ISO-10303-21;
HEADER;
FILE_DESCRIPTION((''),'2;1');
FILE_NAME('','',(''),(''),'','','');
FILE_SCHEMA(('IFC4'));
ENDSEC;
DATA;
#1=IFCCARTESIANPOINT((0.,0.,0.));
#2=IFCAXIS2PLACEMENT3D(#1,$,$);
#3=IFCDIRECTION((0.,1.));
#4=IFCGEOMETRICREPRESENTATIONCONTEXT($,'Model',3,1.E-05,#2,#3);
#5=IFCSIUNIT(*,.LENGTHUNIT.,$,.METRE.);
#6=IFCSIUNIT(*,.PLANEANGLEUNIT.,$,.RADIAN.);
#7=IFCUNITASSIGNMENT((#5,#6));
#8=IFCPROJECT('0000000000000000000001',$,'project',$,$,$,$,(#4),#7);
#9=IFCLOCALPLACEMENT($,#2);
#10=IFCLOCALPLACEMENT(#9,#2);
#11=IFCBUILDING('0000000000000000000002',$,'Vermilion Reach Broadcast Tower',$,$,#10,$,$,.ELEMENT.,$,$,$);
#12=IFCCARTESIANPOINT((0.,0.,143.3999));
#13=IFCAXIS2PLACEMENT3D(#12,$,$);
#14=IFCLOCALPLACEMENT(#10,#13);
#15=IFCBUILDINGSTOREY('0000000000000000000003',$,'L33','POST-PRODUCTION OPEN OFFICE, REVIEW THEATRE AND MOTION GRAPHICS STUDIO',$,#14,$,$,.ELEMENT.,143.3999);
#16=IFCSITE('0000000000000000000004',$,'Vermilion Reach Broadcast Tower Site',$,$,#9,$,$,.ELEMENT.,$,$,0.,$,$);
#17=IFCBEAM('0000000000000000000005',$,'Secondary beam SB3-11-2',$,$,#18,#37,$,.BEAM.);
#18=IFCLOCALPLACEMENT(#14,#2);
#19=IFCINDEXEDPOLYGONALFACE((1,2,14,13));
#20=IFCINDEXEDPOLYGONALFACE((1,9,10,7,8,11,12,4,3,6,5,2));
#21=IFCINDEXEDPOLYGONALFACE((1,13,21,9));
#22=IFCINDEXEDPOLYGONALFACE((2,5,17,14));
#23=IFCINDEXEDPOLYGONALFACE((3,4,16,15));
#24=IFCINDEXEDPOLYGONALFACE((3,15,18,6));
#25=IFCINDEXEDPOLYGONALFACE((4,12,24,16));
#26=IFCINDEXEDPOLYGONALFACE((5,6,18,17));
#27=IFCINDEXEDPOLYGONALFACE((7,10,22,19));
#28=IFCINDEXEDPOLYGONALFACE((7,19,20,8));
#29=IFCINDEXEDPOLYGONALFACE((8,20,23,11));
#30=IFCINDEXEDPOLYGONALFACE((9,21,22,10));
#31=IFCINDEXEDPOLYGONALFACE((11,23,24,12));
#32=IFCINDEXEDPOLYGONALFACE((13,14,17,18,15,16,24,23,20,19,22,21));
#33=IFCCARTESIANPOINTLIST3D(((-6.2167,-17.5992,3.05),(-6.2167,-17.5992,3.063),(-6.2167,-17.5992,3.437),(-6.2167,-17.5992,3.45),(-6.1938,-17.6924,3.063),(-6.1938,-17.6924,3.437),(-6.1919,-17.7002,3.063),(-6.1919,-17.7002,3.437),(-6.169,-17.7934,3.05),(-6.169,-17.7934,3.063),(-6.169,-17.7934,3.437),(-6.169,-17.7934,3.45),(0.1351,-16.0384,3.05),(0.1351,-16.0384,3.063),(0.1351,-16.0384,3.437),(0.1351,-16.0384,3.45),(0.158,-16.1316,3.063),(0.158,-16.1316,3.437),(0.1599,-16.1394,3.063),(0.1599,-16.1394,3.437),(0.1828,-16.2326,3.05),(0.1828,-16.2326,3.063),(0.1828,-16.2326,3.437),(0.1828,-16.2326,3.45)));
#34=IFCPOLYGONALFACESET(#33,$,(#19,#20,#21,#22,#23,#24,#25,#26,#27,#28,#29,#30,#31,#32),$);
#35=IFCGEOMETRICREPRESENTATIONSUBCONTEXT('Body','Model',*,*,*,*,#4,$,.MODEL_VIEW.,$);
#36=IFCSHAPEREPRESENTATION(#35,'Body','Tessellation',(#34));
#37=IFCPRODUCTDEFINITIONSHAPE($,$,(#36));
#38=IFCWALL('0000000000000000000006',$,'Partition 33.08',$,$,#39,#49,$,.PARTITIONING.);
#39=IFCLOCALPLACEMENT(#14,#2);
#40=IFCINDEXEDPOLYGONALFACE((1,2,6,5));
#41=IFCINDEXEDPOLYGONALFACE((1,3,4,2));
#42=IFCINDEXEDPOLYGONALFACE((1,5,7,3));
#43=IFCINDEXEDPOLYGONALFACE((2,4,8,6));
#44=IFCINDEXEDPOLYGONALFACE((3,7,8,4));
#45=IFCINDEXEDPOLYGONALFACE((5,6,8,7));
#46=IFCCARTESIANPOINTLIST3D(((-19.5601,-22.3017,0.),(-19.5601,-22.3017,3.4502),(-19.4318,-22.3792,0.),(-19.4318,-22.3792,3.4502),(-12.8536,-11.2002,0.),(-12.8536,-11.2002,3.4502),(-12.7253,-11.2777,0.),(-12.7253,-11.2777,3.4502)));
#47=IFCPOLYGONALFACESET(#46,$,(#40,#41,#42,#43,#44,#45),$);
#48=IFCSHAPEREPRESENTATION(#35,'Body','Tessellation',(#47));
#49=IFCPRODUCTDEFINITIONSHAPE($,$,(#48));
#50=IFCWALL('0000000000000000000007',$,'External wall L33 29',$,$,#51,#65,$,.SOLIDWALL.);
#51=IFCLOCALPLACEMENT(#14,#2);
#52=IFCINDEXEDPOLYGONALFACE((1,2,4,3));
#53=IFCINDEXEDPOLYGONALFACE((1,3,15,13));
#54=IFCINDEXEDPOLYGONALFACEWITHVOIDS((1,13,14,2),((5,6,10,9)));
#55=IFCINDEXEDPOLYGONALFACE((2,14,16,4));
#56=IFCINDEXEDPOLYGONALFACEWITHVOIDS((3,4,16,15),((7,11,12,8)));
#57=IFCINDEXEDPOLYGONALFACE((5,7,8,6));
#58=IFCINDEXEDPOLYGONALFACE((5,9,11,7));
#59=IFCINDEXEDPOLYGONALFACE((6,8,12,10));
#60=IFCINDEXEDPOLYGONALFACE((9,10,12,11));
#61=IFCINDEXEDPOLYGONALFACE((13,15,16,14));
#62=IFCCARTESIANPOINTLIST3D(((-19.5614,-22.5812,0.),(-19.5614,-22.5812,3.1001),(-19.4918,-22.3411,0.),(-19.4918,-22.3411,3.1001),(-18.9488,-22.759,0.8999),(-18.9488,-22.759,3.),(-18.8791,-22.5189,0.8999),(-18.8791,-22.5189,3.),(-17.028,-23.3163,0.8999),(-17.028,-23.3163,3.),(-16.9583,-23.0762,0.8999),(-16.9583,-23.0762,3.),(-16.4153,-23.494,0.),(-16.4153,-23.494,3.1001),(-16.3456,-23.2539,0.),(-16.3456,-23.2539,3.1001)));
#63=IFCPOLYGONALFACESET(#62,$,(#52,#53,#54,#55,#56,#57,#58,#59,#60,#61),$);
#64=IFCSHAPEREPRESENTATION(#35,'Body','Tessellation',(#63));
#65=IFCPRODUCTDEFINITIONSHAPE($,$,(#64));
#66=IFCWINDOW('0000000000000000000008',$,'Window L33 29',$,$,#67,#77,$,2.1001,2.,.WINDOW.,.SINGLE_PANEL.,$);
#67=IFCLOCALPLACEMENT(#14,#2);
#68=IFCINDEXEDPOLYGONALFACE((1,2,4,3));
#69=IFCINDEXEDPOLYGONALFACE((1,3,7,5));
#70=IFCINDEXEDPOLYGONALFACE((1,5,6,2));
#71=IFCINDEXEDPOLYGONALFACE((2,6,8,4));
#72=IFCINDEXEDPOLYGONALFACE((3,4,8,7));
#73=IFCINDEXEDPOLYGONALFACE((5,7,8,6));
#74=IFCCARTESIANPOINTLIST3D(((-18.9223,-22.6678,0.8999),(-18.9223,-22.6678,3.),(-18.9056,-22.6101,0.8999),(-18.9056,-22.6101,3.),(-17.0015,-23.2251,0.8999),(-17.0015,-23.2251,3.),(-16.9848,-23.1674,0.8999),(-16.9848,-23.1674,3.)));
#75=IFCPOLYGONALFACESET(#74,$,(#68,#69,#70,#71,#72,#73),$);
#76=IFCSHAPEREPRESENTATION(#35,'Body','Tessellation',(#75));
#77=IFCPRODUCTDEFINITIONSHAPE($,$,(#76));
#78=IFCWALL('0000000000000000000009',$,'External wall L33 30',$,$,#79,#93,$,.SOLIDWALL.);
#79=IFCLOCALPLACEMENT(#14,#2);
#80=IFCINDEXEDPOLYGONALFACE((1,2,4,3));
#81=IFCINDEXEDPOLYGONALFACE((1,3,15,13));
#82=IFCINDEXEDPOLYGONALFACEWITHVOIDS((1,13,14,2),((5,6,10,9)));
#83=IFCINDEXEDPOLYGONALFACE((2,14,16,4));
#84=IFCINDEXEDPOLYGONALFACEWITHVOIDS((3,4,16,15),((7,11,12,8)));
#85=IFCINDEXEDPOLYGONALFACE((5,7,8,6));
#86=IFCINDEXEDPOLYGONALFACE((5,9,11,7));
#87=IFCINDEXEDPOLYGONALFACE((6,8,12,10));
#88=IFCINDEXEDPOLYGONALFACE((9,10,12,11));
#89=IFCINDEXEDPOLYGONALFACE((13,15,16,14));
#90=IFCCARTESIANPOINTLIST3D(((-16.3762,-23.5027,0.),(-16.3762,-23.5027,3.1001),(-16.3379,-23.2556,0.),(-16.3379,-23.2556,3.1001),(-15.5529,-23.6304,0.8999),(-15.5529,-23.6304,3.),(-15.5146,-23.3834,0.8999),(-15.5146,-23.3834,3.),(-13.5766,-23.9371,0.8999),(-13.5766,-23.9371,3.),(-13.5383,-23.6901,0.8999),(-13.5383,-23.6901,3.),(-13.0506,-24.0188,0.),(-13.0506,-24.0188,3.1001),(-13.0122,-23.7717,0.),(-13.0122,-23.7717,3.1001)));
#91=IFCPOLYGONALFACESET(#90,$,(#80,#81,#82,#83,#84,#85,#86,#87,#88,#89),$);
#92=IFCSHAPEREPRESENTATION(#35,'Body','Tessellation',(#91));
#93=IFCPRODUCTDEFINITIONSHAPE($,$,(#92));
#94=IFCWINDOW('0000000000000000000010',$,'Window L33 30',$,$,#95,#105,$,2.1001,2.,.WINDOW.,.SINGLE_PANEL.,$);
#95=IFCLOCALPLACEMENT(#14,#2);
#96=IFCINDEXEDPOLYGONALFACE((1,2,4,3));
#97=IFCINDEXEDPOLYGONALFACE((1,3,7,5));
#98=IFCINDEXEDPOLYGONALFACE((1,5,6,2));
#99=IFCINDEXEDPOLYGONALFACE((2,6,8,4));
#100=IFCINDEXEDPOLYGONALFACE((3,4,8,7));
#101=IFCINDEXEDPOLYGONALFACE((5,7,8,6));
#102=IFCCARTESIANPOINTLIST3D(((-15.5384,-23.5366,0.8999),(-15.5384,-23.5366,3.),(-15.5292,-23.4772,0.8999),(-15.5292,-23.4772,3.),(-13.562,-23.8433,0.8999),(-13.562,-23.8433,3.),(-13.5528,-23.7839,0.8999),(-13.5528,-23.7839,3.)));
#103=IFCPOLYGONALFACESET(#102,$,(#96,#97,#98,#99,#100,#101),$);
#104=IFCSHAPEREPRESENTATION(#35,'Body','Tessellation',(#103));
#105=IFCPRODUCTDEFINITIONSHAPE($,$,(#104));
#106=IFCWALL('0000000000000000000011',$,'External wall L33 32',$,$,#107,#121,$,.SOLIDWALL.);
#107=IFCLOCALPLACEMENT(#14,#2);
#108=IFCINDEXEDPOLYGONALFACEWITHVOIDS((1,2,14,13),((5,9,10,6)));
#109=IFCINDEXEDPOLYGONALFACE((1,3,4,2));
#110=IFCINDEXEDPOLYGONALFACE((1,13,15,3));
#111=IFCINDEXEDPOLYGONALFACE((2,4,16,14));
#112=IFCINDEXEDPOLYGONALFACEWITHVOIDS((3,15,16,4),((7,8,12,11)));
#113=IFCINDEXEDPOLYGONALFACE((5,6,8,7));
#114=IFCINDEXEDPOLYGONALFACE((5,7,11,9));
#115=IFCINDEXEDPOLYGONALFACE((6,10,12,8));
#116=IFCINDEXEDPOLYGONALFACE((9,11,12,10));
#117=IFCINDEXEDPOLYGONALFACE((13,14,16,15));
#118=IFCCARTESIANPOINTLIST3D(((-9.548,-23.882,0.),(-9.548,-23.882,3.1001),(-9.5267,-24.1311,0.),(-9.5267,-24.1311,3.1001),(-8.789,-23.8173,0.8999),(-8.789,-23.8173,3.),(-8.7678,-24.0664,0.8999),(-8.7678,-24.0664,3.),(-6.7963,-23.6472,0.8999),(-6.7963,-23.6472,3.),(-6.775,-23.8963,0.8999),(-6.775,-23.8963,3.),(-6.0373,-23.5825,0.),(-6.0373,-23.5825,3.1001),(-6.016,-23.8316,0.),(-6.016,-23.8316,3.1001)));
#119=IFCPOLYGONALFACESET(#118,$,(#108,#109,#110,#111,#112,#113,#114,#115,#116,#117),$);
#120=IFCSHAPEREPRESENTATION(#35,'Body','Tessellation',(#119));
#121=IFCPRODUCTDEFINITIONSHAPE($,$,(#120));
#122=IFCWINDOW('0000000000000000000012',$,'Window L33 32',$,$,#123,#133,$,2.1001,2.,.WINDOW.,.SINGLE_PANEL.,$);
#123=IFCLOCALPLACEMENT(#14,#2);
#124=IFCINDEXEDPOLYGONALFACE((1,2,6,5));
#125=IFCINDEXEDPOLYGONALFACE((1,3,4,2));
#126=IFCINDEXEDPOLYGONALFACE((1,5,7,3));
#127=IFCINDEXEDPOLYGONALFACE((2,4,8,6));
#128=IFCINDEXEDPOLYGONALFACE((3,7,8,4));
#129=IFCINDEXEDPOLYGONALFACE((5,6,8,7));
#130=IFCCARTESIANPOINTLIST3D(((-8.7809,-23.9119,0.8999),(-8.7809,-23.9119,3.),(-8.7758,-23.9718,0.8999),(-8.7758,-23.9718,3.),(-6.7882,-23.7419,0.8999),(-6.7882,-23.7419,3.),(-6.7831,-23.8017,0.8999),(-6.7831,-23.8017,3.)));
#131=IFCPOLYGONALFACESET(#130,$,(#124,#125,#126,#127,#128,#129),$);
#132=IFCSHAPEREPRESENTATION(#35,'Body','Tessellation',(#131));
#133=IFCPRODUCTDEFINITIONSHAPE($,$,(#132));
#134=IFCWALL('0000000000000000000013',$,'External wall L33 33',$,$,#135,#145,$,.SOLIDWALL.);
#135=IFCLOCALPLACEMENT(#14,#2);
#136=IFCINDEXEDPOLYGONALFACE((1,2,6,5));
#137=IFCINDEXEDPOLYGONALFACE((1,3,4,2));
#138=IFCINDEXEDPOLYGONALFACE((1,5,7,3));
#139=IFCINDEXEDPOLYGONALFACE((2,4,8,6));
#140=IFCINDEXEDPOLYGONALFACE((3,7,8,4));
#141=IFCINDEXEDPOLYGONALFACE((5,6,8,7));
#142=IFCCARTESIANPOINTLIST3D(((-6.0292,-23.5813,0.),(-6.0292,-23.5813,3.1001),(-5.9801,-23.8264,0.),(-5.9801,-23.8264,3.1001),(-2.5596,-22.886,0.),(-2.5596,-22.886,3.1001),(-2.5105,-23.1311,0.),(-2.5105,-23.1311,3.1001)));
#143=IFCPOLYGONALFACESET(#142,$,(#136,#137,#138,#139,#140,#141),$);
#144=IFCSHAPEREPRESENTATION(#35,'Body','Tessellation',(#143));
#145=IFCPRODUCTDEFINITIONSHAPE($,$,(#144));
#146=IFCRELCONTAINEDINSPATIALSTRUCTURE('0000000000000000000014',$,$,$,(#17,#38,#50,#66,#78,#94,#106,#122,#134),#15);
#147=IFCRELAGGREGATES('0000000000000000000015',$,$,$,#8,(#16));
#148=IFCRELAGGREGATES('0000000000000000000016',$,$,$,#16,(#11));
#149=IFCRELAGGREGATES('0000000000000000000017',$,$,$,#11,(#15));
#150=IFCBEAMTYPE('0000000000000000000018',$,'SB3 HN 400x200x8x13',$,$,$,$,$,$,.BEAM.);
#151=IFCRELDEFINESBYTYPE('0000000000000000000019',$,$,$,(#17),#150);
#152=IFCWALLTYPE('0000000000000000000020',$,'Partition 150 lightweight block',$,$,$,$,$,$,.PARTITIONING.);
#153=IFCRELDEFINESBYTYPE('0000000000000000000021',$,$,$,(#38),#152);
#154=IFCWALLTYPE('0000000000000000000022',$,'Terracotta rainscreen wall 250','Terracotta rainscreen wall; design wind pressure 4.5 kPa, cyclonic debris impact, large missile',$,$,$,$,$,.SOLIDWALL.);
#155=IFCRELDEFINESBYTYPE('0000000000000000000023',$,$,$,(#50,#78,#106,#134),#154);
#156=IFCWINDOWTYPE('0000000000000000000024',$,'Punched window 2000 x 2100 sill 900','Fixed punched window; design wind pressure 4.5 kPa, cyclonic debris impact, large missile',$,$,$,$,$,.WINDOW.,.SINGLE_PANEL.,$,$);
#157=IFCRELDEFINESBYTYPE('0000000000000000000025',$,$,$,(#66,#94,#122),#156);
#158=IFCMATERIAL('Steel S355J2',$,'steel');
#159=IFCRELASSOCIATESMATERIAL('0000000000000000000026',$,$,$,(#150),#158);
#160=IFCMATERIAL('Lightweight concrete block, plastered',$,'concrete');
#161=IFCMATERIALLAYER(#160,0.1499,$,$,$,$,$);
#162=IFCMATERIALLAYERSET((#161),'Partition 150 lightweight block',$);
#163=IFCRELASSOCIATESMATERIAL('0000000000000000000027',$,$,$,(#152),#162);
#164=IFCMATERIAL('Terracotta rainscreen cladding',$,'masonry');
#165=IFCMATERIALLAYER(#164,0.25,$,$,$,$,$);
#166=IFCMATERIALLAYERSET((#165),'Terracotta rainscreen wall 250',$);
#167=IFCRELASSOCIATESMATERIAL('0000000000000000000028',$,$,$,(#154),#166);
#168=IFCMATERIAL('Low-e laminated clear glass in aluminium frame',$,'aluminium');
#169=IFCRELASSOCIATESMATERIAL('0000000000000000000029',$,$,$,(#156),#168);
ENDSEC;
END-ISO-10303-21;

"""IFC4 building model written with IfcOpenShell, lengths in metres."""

from ifc_helpers import new_model, si_unit, direction, frame, frame_2d, origin, origin_2d, place, context, subcontext, project, spatial, rectangle, i_section, extrude, material, layer, layer_set, material_profile, profile_set, type_object, element, fill, save


model = new_model("IFC4")

# Units and contexts
model_context = context("Model", 3, precision=1e-05, world=origin(), true_north=direction((0.0, 1.0)))
body_context = subcontext(model_context, "Body", "Model", "MODEL_VIEW")
ifc_project = project(units=[si_unit("LENGTHUNIT", "METRE"), si_unit("PLANEANGLEUNIT", "RADIAN")], contexts=[model_context])

# Site, building, storey
site_placement = place(None, origin())
site = spatial("IfcSite", under=ifc_project, at=site_placement, Name="Vermilion Reach Broadcast Tower Site", CompositionType="ELEMENT", RefElevation=0.0)
building_placement = place(site_placement, origin())
building = spatial("IfcBuilding", under=site, at=building_placement, Name="Vermilion Reach Broadcast Tower", CompositionType="ELEMENT")
storey_placement = place(building_placement, frame((0.0, 0.0, 143.3999)))
storey = spatial("IfcBuildingStorey", under=building, at=storey_placement, Name="L33", Description="POST-PRODUCTION OPEN OFFICE, REVIEW THEATRE AND MOTION GRAPHICS STUDIO", CompositionType="ELEMENT", Elevation=143.3999)

# Beam
ifc_material_1 = material(Name="Steel S355J2", Category="steel")
ifc_material_profile_1 = material_profile(ifc_material_1, i_section(OverallWidth=0.2, OverallDepth=0.3999, WebThickness=0.0081, FlangeThickness=0.0129, at=origin_2d()), Name="S355J2 HN 400x200x8x13")
ifc_profile_set_1 = profile_set([ifc_material_profile_1], Name="Steel S355J2")
beam_type_1 = type_object("IfcBeamType", Name="SB3 HN 400x200x8x13", PredefinedType="BEAM", material=ifc_profile_set_1)
beam_1_placement = place(storey_placement, frame((-6.1929, -17.6963, 3.25), z_axis=(0.971112, 0.238625, 0.0), x_axis=(-0.238625, 0.971112, 0.0)))
element("IfcBeam", 1, at=beam_1_placement, inside=storey, type_object=beam_type_1, Name="Secondary beam SB3-11-2", PredefinedType="BEAM", context=body_context, shape_type="SweptSolid", body=[
    extrude(i_section(OverallWidth=0.2, OverallDepth=0.3999, WebThickness=0.0081, FlangeThickness=0.0129, at=origin_2d()), origin(), (0.0, 0.0, 1.0), 6.5408),
])

# Wall
ifc_material_2 = material(Name="Lightweight concrete block, plastered", Category="concrete")
ifc_layer_1 = layer(ifc_material_2, 0.1499)
ifc_layer_set_1 = layer_set([ifc_layer_1], Name="Partition 150 lightweight block")
wall_type_1 = type_object("IfcWallType", Name="Partition 150 lightweight block", PredefinedType="PARTITIONING", material=ifc_layer_set_1)
wall_1_placement = place(storey_placement, frame((-19.4958, -22.3403, 0.0), z_axis=(0.0, 0.0, 1.0), x_axis=(0.517079, 0.855938, 0.0)))
element("IfcWall", 2, at=wall_1_placement, inside=storey, type_object=wall_type_1, Name="Partition 33.08", PredefinedType="PARTITIONING", context=body_context, shape_type="SweptSolid", body=[
    extrude(rectangle(XDim=12.97, YDim=0.1499, at=frame_2d((6.4849, 0.0))), origin(), (0.0, 0.0, 1.0), 3.4502),
])

# Walls, openings, windows
ifc_material_3 = material(Name="Terracotta rainscreen cladding", Category="masonry")
ifc_layer_2 = layer(ifc_material_3, 0.25)
ifc_layer_set_2 = layer_set([ifc_layer_2], Name="Terracotta rainscreen wall 250")
wall_type_2 = type_object("IfcWallType", Name="Terracotta rainscreen wall 250", Description="Terracotta rainscreen wall; design wind pressure 4.5 kPa, cyclonic debris impact, large missile", PredefinedType="SOLIDWALL", material=ifc_layer_set_2)
wall_2_placement = place(storey_placement, frame((-19.5266, -22.4612, 0.0), z_axis=(0.0, 0.0, 1.0), x_axis=(0.960394, -0.278646, 0.0)))
wall_2 = element("IfcWall", 3, at=wall_2_placement, inside=storey, type_object=wall_type_2, Name="External wall L33 29", PredefinedType="SOLIDWALL", context=body_context, shape_type="SweptSolid", body=[
    extrude(rectangle(XDim=3.2759, YDim=0.25, at=frame_2d((1.6379, 0.0))), origin(), (0.0, 0.0, 1.0), 3.1001),
])
opening_1_placement = place(wall_2_placement, frame((0.6379, 0.0, 0.8999)))
opening_1 = element("IfcOpeningElement", 4, at=opening_1_placement, cuts=wall_2, PredefinedType="OPENING", context=body_context, shape_type="SweptSolid", body=[
    extrude(rectangle(XDim=2.0, YDim=2.1001, at=frame_2d((1.0, 1.05))), frame((0.0, 0.135, 0.0), z_axis=(0.0, -1.0, 0.0), x_axis=(1.0, 0.0, 0.0)), (0.0, 0.0, 1.0), 0.27),
])
ifc_material_4 = material(Name="Low-e laminated clear glass in aluminium frame", Category="aluminium")
window_type = type_object("IfcWindowType", Name="Punched window 2000 x 2100 sill 900", Description="Fixed punched window; design wind pressure 4.5 kPa, cyclonic debris impact, large missile", PartitioningType="SINGLE_PANEL", PredefinedType="WINDOW", material=ifc_material_4)
window_1_placement = place(opening_1_placement, origin())
window_1 = element("IfcWindow", 5, at=window_1_placement, inside=storey, type_object=window_type, Name="Window L33 29", OverallHeight=2.1001, OverallWidth=2.0, PartitioningType="SINGLE_PANEL", PredefinedType="WINDOW", context=body_context, shape_type="SweptSolid", body=[
    extrude(rectangle(XDim=2.0, YDim=2.1001, at=frame_2d((1.0, 1.05))), frame((0.0, 0.03, 0.0), z_axis=(0.0, -1.0, 0.0), x_axis=(1.0, 0.0, 0.0)), (0.0, 0.0, 1.0), 0.0601),
])
fill(opening_1, window_1)
wall_3_placement = place(storey_placement, frame((-16.3569, -23.3792, 0.0), z_axis=(0.0, 0.0, 1.0), x_axis=(0.988171, -0.153354, 0.0)))
wall_3 = element("IfcWall", 6, at=wall_3_placement, inside=storey, type_object=wall_type_2, Name="External wall L33 30", PredefinedType="SOLIDWALL", context=body_context, shape_type="SweptSolid", body=[
    extrude(rectangle(XDim=3.3655, YDim=0.25, at=frame_2d((1.6826, 0.0))), origin(), (0.0, 0.0, 1.0), 3.1001),
])
opening_2_placement = place(wall_3_placement, frame((0.833, 0.0, 0.8999)))
opening_2 = element("IfcOpeningElement", 7, at=opening_2_placement, cuts=wall_3, PredefinedType="OPENING", context=body_context, shape_type="SweptSolid", body=[
    extrude(rectangle(XDim=2.0, YDim=2.1001, at=frame_2d((1.0, 1.05))), frame((0.0, 0.135, 0.0), z_axis=(0.0, -1.0, 0.0), x_axis=(1.0, 0.0, 0.0)), (0.0, 0.0, 1.0), 0.27),
])
window_2_placement = place(opening_2_placement, origin())
window_2 = element("IfcWindow", 8, at=window_2_placement, inside=storey, type_object=window_type, Name="Window L33 30", OverallHeight=2.1001, OverallWidth=2.0, PartitioningType="SINGLE_PANEL", PredefinedType="WINDOW", context=body_context, shape_type="SweptSolid", body=[
    extrude(rectangle(XDim=2.0, YDim=2.1001, at=frame_2d((1.0, 1.05))), frame((0.0, 0.03, 0.0), z_axis=(0.0, -1.0, 0.0), x_axis=(1.0, 0.0, 0.0)), (0.0, 0.0, 1.0), 0.0601),
])
fill(opening_2, window_2)

# Wall, opening, window
wall_4_placement = place(storey_placement, frame((-9.5374, -24.0066, 0.0), z_axis=(0.0, 0.0, 1.0), x_axis=(0.996379, 0.085018, 0.0)))
wall_4 = element("IfcWall", 9, at=wall_4_placement, inside=storey, type_object=wall_type_2, Name="External wall L33 32", PredefinedType="SOLIDWALL", context=body_context, shape_type="SweptSolid", body=[
    extrude(rectangle(XDim=3.5234, YDim=0.25, at=frame_2d((1.7617, 0.0))), origin(), (0.0, 0.0, 1.0), 3.1001),
])
opening_3_placement = place(wall_4_placement, frame((0.7617, 0.0, 0.8999)))
opening_3 = element("IfcOpeningElement", 10, at=opening_3_placement, cuts=wall_4, PredefinedType="OPENING", context=body_context, shape_type="SweptSolid", body=[
    extrude(rectangle(XDim=2.0, YDim=2.1001, at=frame_2d((1.0, 1.05))), frame((0.0, 0.135, 0.0), z_axis=(0.0, -1.0, 0.0), x_axis=(1.0, 0.0, 0.0)), (0.0, 0.0, 1.0), 0.27),
])
window_3_placement = place(opening_3_placement, origin())
window_3 = element("IfcWindow", 11, at=window_3_placement, inside=storey, type_object=window_type, Name="Window L33 32", OverallHeight=2.1001, OverallWidth=2.0, PartitioningType="SINGLE_PANEL", PredefinedType="WINDOW", context=body_context, shape_type="SweptSolid", body=[
    extrude(rectangle(XDim=2.0, YDim=2.1001, at=frame_2d((1.0, 1.05))), frame((0.0, 0.03, 0.0), z_axis=(0.0, -1.0, 0.0), x_axis=(1.0, 0.0, 0.0)), (0.0, 0.0, 1.0), 0.0601),
])
fill(opening_3, window_3)

# Wall
wall_5_placement = place(storey_placement, frame((-6.0046, -23.7039, 0.0), z_axis=(0.0, 0.0, 1.0), x_axis=(0.980504, 0.196501, 0.0)))
element("IfcWall", 12, at=wall_5_placement, inside=storey, type_object=wall_type_2, Name="External wall L33 33", PredefinedType="SOLIDWALL", context=body_context, shape_type="SweptSolid", body=[
    extrude(rectangle(XDim=3.5386, YDim=0.25, at=frame_2d((1.7693, 0.0))), origin(), (0.0, 0.0, 1.0), 3.1001),
])

save(model, "model.ifc")
